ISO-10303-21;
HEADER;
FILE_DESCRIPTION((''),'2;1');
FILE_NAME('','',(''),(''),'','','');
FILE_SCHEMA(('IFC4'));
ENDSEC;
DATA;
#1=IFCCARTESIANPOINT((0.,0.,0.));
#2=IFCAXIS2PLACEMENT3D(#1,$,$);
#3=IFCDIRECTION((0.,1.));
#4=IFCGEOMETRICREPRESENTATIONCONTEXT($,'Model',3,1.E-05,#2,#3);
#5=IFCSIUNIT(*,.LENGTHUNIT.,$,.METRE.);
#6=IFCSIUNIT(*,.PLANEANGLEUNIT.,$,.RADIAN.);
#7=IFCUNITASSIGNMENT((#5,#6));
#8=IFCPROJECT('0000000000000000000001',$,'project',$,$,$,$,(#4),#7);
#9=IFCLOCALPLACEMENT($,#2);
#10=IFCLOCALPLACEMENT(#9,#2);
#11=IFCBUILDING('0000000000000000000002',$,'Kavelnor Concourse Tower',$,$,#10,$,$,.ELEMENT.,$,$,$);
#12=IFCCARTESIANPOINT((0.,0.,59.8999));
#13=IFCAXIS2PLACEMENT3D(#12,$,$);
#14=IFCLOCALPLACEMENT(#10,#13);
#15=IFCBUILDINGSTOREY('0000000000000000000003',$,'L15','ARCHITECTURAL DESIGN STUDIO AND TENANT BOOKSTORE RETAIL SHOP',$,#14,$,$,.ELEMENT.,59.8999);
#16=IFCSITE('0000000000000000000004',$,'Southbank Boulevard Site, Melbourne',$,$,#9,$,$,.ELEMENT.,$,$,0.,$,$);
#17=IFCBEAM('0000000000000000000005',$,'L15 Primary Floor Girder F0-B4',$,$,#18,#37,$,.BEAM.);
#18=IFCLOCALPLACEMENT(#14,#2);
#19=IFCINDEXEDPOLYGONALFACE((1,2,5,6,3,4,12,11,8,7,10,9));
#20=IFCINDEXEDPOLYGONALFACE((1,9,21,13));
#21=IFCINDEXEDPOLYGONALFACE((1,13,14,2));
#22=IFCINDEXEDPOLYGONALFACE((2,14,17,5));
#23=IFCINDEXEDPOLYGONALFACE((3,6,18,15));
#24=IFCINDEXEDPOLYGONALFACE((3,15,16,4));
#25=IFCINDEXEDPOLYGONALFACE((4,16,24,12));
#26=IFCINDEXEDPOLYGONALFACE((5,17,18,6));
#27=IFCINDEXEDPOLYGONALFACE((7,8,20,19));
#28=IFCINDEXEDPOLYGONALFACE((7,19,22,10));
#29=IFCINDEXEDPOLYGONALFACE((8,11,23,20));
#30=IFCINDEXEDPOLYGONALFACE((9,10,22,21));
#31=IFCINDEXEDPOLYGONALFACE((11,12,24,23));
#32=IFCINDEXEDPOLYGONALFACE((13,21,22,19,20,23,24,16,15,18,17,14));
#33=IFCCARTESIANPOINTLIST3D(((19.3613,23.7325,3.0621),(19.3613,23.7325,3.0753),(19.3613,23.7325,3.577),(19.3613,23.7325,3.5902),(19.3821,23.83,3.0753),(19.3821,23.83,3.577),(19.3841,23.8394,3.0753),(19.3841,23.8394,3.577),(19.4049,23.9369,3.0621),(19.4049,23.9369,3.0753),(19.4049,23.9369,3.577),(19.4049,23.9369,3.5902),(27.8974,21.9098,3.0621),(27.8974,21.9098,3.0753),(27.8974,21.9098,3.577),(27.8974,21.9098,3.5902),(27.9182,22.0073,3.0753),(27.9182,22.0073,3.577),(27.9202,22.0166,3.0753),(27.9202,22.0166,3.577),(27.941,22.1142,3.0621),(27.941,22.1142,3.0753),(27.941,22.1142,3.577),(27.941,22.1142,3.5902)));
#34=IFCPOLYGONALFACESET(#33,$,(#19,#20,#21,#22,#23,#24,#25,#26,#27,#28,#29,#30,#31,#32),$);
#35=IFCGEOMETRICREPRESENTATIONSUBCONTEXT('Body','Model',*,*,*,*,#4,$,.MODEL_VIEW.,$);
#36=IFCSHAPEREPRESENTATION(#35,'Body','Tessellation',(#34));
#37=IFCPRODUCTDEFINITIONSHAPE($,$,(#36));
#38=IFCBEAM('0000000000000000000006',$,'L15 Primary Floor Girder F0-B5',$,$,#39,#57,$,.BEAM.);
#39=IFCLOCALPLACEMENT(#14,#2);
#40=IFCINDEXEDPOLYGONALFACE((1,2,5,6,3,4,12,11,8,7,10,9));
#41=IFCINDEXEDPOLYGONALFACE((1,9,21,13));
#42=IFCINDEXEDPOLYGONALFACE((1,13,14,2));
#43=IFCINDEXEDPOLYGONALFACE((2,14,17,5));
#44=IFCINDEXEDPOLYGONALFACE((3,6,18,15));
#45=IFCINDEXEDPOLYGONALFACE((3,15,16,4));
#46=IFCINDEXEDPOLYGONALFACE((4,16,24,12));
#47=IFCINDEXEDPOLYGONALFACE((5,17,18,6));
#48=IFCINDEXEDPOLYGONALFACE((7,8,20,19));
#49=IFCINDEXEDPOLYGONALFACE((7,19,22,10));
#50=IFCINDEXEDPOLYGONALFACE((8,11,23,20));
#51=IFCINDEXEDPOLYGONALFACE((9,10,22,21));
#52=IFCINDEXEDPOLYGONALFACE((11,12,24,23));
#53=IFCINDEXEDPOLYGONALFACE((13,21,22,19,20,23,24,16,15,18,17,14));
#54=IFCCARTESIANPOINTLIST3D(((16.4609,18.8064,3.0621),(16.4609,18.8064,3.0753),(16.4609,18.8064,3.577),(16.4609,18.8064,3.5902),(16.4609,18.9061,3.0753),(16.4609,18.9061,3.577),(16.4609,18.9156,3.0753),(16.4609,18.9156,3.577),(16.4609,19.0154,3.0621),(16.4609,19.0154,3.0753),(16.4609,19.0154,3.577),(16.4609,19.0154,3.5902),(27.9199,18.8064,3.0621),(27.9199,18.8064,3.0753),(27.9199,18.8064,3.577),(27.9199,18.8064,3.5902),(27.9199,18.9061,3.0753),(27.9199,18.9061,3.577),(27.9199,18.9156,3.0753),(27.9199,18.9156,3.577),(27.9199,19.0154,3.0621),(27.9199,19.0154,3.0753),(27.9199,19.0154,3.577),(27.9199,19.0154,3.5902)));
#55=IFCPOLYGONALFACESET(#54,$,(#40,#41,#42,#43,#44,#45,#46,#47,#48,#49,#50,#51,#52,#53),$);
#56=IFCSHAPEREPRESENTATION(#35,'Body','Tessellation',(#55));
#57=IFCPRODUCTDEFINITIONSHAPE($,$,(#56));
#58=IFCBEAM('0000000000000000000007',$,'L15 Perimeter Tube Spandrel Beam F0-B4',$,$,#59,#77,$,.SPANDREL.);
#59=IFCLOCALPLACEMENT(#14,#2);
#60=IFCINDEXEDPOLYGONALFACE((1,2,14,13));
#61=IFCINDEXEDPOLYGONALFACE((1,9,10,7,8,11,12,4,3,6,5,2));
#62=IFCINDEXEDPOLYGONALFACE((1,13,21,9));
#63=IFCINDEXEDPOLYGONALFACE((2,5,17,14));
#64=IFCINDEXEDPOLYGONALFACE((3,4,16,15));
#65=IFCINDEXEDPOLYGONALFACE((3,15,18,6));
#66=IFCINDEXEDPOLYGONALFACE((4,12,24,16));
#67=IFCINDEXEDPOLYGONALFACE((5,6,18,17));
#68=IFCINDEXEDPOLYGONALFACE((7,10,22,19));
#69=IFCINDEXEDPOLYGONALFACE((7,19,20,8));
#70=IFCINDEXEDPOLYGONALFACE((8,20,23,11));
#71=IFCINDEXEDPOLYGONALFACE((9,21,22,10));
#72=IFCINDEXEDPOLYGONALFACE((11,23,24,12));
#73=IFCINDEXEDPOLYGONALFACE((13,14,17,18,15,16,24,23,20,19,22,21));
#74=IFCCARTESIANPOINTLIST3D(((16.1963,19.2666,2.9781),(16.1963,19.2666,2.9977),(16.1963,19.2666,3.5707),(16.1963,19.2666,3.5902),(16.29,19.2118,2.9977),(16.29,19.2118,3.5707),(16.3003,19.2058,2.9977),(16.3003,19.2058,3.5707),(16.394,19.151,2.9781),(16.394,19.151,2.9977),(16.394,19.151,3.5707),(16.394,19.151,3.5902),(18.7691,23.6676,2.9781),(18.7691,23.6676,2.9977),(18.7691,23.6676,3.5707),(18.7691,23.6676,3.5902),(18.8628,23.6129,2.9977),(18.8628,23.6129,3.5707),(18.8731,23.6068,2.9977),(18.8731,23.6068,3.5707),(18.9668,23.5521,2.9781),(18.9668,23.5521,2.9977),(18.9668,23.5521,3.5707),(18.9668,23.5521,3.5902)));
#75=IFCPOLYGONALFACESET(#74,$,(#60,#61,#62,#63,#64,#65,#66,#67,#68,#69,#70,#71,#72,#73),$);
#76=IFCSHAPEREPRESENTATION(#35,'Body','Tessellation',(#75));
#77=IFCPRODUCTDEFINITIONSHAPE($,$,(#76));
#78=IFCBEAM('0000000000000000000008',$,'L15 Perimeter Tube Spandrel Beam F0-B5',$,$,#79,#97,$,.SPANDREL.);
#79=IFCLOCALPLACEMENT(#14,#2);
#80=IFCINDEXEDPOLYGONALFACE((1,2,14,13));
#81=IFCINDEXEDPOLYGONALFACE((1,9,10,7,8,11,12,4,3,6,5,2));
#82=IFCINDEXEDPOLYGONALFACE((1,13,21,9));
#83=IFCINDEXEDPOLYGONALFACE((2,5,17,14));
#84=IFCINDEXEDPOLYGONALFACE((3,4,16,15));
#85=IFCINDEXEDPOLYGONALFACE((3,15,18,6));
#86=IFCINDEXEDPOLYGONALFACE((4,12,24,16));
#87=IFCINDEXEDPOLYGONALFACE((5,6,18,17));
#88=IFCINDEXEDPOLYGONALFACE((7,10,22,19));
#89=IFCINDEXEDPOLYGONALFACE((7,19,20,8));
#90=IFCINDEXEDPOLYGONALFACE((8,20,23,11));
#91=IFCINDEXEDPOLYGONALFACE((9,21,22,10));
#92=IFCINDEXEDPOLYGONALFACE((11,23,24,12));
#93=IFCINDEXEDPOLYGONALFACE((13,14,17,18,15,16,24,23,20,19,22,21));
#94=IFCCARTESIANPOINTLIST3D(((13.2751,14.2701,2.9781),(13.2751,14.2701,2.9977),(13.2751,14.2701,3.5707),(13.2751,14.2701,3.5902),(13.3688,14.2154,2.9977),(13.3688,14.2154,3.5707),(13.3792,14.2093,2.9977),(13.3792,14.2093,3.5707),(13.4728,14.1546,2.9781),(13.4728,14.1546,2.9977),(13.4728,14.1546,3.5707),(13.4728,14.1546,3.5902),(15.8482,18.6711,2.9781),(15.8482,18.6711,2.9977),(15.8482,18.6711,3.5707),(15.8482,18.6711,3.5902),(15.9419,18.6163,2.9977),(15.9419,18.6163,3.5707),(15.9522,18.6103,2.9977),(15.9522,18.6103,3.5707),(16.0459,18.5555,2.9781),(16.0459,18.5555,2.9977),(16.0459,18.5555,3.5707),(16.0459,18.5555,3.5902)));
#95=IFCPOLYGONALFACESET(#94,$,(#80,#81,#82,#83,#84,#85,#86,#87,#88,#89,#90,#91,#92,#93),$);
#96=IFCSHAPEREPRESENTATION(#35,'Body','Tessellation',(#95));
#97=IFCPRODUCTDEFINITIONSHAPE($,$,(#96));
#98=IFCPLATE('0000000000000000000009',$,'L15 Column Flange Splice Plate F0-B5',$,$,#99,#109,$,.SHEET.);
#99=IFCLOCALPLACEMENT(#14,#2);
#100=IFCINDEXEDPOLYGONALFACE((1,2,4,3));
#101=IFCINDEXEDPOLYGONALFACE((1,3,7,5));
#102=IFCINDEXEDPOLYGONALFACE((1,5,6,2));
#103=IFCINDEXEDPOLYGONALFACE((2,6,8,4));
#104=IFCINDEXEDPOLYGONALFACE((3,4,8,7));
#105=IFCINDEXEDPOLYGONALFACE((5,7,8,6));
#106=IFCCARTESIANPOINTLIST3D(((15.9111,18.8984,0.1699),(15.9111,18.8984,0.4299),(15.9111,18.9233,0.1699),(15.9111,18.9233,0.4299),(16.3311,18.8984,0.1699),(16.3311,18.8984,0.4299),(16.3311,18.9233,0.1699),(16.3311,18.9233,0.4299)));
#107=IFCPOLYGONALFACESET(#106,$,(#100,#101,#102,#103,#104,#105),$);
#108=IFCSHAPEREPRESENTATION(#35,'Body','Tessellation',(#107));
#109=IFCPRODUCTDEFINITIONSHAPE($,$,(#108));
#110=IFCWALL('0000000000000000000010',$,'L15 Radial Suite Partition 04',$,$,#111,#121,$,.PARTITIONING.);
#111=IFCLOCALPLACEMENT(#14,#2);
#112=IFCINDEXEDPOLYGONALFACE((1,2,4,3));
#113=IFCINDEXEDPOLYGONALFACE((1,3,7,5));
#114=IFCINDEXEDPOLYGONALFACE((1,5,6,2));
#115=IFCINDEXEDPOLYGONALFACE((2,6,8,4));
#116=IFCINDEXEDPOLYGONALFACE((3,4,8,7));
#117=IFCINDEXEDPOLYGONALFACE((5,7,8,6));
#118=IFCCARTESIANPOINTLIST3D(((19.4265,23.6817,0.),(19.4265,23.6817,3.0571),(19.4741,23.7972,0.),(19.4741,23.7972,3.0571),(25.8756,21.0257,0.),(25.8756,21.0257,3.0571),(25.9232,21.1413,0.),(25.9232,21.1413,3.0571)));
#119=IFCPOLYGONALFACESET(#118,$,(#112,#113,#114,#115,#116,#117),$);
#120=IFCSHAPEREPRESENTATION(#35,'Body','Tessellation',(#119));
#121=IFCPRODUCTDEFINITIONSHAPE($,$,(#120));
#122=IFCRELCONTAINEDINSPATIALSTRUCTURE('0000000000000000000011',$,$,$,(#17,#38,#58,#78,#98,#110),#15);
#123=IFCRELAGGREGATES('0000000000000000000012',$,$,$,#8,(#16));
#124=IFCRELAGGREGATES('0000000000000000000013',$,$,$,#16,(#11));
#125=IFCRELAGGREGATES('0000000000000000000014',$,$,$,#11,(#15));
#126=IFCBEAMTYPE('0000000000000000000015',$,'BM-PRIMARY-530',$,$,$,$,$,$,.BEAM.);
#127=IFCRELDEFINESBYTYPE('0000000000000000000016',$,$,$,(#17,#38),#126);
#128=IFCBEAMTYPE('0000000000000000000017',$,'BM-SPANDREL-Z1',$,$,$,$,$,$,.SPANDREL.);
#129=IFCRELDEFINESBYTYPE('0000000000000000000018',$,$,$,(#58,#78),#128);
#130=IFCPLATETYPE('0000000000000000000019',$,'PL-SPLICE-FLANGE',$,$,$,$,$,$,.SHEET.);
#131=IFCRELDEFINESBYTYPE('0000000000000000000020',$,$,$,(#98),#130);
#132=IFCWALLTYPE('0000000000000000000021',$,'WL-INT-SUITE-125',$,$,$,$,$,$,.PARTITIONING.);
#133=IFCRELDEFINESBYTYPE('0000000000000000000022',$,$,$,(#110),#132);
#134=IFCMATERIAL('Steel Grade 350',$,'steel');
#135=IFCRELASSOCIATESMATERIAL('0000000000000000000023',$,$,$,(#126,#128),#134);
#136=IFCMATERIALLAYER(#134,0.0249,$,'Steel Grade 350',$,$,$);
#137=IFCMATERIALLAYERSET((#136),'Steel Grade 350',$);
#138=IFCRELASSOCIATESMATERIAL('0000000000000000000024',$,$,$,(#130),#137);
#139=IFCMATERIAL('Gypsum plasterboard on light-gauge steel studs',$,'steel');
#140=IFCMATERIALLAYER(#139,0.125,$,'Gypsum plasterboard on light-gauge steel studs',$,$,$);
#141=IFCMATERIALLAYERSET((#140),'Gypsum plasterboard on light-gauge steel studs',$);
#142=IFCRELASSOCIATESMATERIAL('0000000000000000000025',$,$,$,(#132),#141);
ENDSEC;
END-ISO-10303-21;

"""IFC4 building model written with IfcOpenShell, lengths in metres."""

from ifc_helpers import new_model, si_unit, direction, frame, frame_2d, origin, origin_2d, place, context, subcontext, project, spatial, rectangle, i_section, extrude, material, layer, layer_set, material_profile, profile_set, type_object, element, save


model = new_model("IFC4")

# Units and contexts
model_context = context("Model", 3, precision=1e-05, world=origin(), true_north=direction((0.0, 1.0)))
body_context = subcontext(model_context, "Body", "Model", "MODEL_VIEW")
ifc_project = project(units=[si_unit("LENGTHUNIT", "METRE"), si_unit("PLANEANGLEUNIT", "RADIAN")], contexts=[model_context])

# Site, building, storey
site_placement = place(None, origin())
site = spatial("IfcSite", under=ifc_project, at=site_placement, Name="Southbank Boulevard Site, Melbourne", CompositionType="ELEMENT", RefElevation=0.0)
building_placement = place(site_placement, origin())
building = spatial("IfcBuilding", under=site, at=building_placement, Name="Kavelnor Concourse Tower", CompositionType="ELEMENT")
storey_placement = place(building_placement, frame((0.0, 0.0, 59.8999)))
storey = spatial("IfcBuildingStorey", under=building, at=storey_placement, Name="L15", Description="ARCHITECTURAL DESIGN STUDIO AND TENANT BOOKSTORE RETAIL SHOP", CompositionType="ELEMENT", Elevation=59.8999)

# Shared definitions
ifc_material_1 = material(Name="Steel Grade 350", Category="steel")

# Beams
ifc_material_profile_1 = material_profile(ifc_material_1, i_section(OverallWidth=0.209, OverallDepth=0.5281, WebThickness=0.0095, FlangeThickness=0.0132, at=origin_2d()), Name="530UB82")
ifc_profile_set_1 = profile_set([ifc_material_profile_1], Name="Steel Grade 350")
beam_type_1 = type_object("IfcBeamType", Name="BM-PRIMARY-530", PredefinedType="BEAM", material=ifc_profile_set_1)
beam_1_placement = place(storey_placement, frame((27.9192, 22.012, 3.3262), z_axis=(-0.977953, 0.208826, 0.0), x_axis=(-0.208826, -0.977953, 0.0)))
element("IfcBeam", 1, at=beam_1_placement, inside=storey, type_object=beam_type_1, Name="L15 Primary Floor Girder F0-B4", PredefinedType="BEAM", context=body_context, shape_type="SweptSolid", body=[
    extrude(i_section(OverallWidth=0.209, OverallDepth=0.5281, WebThickness=0.0095, FlangeThickness=0.0132, at=origin_2d()), origin(), (0.0, 0.0, 1.0), 8.7285),
])
beam_2_placement = place(storey_placement, frame((27.9199, 18.9109, 3.3262), z_axis=(-1.0, 0.0, 0.0), x_axis=(0.0, -1.0, 0.0)))
element("IfcBeam", 2, at=beam_2_placement, inside=storey, type_object=beam_type_1, Name="L15 Primary Floor Girder F0-B5", PredefinedType="BEAM", context=body_context, shape_type="SweptSolid", body=[
    extrude(i_section(OverallWidth=0.209, OverallDepth=0.5281, WebThickness=0.0095, FlangeThickness=0.0132, at=origin_2d()), origin(), (0.0, 0.0, 1.0), 11.459),
])
ifc_material_profile_2 = material_profile(ifc_material_1, i_section(OverallWidth=0.229, OverallDepth=0.6121, WebThickness=0.012, FlangeThickness=0.0195, at=origin_2d()), Name="610UB125")
ifc_profile_set_2 = profile_set([ifc_material_profile_2], Name="Steel Grade 350")
beam_type_2 = type_object("IfcBeamType", Name="BM-SPANDREL-Z1", PredefinedType="SPANDREL", material=ifc_profile_set_2)
for number, where, z_axis, x_axis, name in (
    (3, (18.8679, 23.6099, 3.2842), (-0.504666, -0.863315, 0.0), (0.863315, -0.504666, 0.0), "L15 Perimeter Tube Spandrel Beam F0-B4"),
    (4, (15.947, 18.6133, 3.2842), (-0.504722, -0.863282, 0.0), (0.863282, -0.504722, 0.0), "L15 Perimeter Tube Spandrel Beam F0-B5"),
):
    element("IfcBeam", number, at=place(storey_placement, frame(where, z_axis=z_axis, x_axis=x_axis)), inside=storey, type_object=beam_type_2, Name=name, PredefinedType="SPANDREL", context=body_context, shape_type="SweptSolid", body=[
        extrude(i_section(OverallWidth=0.229, OverallDepth=0.6121, WebThickness=0.012, FlangeThickness=0.0195, at=origin_2d()), origin(), (0.0, 0.0, 1.0), 5.0979),
    ])

# Plate
ifc_layer_1 = layer(ifc_material_1, 0.0249, Name="Steel Grade 350")
ifc_layer_set_1 = layer_set([ifc_layer_1], Name="Steel Grade 350")
plate_type = type_object("IfcPlateType", Name="PL-SPLICE-FLANGE", PredefinedType="SHEET", material=ifc_layer_set_1)
plate_placement = place(storey_placement, frame((16.1211, 18.9109, 0.1699), z_axis=(0.0, 0.0, 1.0), x_axis=(1.0, 0.0, 0.0)))
element("IfcPlate", 5, at=plate_placement, inside=storey, type_object=plate_type, Name="L15 Column Flange Splice Plate F0-B5", PredefinedType="SHEET", context=body_context, shape_type="SweptSolid", body=[
    extrude(rectangle(XDim=0.4199, YDim=0.0249, at=origin_2d()), origin(), (0.0, 0.0, 1.0), 0.26),
])

# Wall
ifc_material_2 = material(Name="Gypsum plasterboard on light-gauge steel studs", Category="steel")
ifc_layer_2 = layer(ifc_material_2, 0.125, Name="Gypsum plasterboard on light-gauge steel studs")
ifc_layer_set_2 = layer_set([ifc_layer_2], Name="Gypsum plasterboard on light-gauge steel studs")
wall_type_1 = type_object("IfcWallType", Name="WL-INT-SUITE-125", PredefinedType="PARTITIONING", material=ifc_layer_set_2)
wall_1_placement = place(storey_placement, frame((25.8994, 21.0835, 0.0), z_axis=(0.0, 0.0, 1.0), x_axis=(-0.924656, 0.380804, 0.0)))
element("IfcWall", 6, at=wall_1_placement, inside=storey, type_object=wall_type_1, Name="L15 Radial Suite Partition 04", PredefinedType="PARTITIONING", context=body_context, shape_type="SweptSolid", body=[
    extrude(rectangle(XDim=6.9746, YDim=0.125, at=frame_2d((3.4873, 0.0))), origin(), (0.0, 0.0, 1.0), 3.0571),
])

save(model, "model.ifc")
